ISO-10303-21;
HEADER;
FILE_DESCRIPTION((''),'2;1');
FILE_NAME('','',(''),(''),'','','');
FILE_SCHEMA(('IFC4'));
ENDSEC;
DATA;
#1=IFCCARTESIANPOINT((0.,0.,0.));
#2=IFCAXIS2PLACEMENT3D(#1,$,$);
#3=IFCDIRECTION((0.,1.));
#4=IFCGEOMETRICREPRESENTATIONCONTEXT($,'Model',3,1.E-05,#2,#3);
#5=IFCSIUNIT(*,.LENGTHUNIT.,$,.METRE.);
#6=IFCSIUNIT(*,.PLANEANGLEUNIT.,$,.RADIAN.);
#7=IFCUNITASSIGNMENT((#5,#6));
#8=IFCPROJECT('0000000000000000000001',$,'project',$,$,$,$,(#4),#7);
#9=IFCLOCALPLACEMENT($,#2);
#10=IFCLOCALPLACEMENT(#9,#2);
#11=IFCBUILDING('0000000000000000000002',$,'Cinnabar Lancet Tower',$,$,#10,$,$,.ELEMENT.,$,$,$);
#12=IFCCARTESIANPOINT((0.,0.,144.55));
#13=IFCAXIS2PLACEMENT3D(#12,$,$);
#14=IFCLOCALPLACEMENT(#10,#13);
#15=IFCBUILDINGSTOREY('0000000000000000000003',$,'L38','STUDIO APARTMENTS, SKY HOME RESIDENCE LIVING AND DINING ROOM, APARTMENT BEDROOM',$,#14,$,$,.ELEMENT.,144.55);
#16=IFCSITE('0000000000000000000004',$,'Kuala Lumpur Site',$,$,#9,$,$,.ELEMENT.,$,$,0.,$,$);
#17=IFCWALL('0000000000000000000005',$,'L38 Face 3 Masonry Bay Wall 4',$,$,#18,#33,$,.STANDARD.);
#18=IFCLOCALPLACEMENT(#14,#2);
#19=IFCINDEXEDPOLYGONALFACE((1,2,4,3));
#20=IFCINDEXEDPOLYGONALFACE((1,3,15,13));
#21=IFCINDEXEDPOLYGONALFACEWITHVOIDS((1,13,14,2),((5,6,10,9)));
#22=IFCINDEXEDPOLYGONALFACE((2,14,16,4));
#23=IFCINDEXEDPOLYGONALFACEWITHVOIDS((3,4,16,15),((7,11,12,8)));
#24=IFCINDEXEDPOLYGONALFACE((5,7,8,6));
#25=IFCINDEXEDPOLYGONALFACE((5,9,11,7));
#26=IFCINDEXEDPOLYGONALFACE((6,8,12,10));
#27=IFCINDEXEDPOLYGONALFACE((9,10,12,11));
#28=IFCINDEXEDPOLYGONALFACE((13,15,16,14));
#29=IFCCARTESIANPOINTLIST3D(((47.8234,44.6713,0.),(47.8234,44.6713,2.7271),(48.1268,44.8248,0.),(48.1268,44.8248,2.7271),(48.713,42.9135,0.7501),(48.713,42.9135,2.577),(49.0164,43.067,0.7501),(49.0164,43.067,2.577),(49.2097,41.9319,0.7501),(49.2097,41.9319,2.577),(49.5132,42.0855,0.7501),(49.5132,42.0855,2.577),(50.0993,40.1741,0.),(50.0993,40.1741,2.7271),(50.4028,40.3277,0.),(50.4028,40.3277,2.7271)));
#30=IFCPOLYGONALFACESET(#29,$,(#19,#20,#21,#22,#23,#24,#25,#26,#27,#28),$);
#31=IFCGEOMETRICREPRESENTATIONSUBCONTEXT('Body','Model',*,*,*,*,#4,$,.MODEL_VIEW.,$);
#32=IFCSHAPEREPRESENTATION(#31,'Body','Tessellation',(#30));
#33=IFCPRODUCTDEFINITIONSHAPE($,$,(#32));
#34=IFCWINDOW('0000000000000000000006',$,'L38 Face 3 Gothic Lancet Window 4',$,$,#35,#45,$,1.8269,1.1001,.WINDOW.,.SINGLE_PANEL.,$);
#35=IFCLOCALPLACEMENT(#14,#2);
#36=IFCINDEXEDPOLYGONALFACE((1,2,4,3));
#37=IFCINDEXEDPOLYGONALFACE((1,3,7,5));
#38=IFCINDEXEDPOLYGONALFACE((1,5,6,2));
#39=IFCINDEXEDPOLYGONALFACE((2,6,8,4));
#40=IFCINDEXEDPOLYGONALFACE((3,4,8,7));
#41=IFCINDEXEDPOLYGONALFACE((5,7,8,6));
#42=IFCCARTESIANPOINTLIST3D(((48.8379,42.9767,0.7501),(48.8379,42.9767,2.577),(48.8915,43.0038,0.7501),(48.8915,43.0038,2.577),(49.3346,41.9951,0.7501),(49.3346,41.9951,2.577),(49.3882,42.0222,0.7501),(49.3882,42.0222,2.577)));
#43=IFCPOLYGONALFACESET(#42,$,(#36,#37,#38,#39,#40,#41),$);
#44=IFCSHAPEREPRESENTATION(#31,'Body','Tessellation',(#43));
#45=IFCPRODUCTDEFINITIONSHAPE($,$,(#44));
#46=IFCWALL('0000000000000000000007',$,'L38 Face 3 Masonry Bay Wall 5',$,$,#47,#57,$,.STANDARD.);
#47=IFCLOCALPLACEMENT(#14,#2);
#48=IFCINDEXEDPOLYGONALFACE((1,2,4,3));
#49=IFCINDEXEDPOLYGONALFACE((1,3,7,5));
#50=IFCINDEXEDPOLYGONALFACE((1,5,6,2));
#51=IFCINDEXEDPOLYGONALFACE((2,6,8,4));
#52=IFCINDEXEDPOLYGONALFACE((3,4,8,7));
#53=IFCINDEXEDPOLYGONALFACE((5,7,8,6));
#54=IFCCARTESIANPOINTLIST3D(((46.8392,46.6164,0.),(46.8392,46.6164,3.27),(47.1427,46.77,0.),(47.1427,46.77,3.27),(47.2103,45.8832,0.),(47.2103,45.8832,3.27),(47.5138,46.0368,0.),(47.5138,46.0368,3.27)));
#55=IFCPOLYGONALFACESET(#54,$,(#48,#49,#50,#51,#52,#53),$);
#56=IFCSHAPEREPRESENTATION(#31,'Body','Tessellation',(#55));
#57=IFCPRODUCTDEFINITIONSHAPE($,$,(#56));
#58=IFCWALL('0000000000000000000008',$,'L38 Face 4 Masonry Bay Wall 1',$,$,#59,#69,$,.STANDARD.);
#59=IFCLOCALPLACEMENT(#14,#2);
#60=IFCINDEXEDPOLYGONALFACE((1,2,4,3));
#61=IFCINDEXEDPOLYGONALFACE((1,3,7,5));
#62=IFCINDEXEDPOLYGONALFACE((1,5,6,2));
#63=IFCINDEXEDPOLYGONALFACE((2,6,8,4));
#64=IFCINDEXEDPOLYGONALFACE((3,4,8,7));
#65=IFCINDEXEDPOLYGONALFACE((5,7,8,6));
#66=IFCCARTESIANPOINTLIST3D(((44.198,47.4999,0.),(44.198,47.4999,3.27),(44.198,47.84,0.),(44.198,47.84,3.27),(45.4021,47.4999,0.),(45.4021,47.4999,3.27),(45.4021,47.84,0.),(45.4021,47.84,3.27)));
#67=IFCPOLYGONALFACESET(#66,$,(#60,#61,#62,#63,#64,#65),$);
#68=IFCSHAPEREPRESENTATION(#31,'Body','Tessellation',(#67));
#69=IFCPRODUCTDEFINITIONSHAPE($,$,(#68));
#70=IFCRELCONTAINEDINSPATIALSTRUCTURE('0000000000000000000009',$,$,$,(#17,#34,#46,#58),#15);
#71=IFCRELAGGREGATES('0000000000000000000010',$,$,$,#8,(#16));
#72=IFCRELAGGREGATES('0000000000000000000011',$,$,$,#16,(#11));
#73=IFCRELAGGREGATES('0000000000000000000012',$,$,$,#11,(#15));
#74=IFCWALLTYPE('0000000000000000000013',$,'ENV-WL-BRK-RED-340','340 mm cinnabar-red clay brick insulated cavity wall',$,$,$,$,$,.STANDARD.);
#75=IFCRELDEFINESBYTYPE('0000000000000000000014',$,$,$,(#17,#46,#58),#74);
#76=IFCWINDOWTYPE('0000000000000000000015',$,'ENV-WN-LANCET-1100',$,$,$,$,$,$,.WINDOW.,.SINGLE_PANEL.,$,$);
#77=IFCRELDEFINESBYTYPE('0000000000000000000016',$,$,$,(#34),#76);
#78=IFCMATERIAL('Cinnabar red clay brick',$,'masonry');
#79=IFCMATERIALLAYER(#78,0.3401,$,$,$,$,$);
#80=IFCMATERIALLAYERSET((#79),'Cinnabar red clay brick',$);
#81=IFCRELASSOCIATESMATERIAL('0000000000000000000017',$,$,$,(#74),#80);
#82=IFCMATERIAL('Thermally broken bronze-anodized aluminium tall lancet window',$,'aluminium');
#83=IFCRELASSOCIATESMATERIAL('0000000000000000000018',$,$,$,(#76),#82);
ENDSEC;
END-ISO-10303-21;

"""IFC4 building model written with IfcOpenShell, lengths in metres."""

from ifc_helpers import new_model, si_unit, direction, frame, frame_2d, origin, place, context, subcontext, project, spatial, rectangle, extrude, material, layer, layer_set, type_object, element, fill, save


model = new_model("IFC4")

# Units and contexts
model_context = context("Model", 3, precision=1e-05, world=origin(), true_north=direction((0.0, 1.0)))
body_context = subcontext(model_context, "Body", "Model", "MODEL_VIEW")
ifc_project = project(units=[si_unit("LENGTHUNIT", "METRE"), si_unit("PLANEANGLEUNIT", "RADIAN")], contexts=[model_context])

# Site, building, storey
site_placement = place(None, origin())
site = spatial("IfcSite", under=ifc_project, at=site_placement, Name="Kuala Lumpur Site", CompositionType="ELEMENT", RefElevation=0.0)
building_placement = place(site_placement, origin())
building = spatial("IfcBuilding", under=site, at=building_placement, Name="Cinnabar Lancet Tower", CompositionType="ELEMENT")
storey_placement = place(building_placement, frame((0.0, 0.0, 144.55)))
storey = spatial("IfcBuildingStorey", under=building, at=storey_placement, Name="L38", Description="STUDIO APARTMENTS, SKY HOME RESIDENCE LIVING AND DINING ROOM, APARTMENT BEDROOM", CompositionType="ELEMENT", Elevation=144.55)

# Shared definitions
ifc_material_1 = material(Name="Cinnabar red clay brick", Category="masonry")
ifc_layer_1 = layer(ifc_material_1, 0.3401)
ifc_layer_set_1 = layer_set([ifc_layer_1], Name="Cinnabar red clay brick")
wall_type_1 = type_object("IfcWallType", Name="ENV-WL-BRK-RED-340", Description="340 mm cinnabar-red clay brick insulated cavity wall", PredefinedType="STANDARD", material=ifc_layer_set_1)

# Wall, opening, window
wall_1_placement = place(storey_placement, frame((50.251, 40.251, 0.0), z_axis=(0.0, 0.0, 1.0), x_axis=(-0.451548, 0.892247, 0.0)))
wall_1 = element("IfcWall", 1, at=wall_1_placement, inside=storey, type_object=wall_type_1, Name="L38 Face 3 Masonry Bay Wall 4", PredefinedType="STANDARD", context=body_context, shape_type="SweptSolid", body=[
    extrude(rectangle(XDim=5.0403, YDim=0.3401, at=frame_2d((2.52, 0.0))), origin(), (0.0, 0.0, 1.0), 2.7271),
])
opening_1_placement = place(wall_1_placement, frame((1.97, 0.0, 0.75)))
opening_1 = element("IfcOpeningElement", 2, at=opening_1_placement, cuts=wall_1, PredefinedType="OPENING", context=body_context, shape_type="SweptSolid", body=[
    extrude(rectangle(XDim=1.1001, YDim=1.8269, at=frame_2d((0.55, 0.9136))), frame((0.0, 0.1799, 0.0), z_axis=(0.0, -1.0, 0.0), x_axis=(1.0, 0.0, 0.0)), (0.0, 0.0, 1.0), 0.3601),
])
ifc_material_2 = material(Name="Thermally broken bronze-anodized aluminium tall lancet window", Category="aluminium")
window_type = type_object("IfcWindowType", Name="ENV-WN-LANCET-1100", PartitioningType="SINGLE_PANEL", PredefinedType="WINDOW", material=ifc_material_2)
window_placement = place(opening_1_placement, origin())
window = element("IfcWindow", 3, at=window_placement, inside=storey, type_object=window_type, Name="L38 Face 3 Gothic Lancet Window 4", OverallHeight=1.8269, OverallWidth=1.1001, PartitioningType="SINGLE_PANEL", PredefinedType="WINDOW", context=body_context, shape_type="SweptSolid", body=[
    extrude(rectangle(XDim=1.1001, YDim=1.8269, at=frame_2d((0.55, 0.9136))), frame((0.0, 0.03, 0.0), z_axis=(0.0, -1.0, 0.0), x_axis=(1.0, 0.0, 0.0)), (0.0, 0.0, 1.0), 0.0601),
])
fill(opening_1, window)

# Walls
wall_2_placement = place(storey_placement, frame((47.3621, 45.96, 0.0), z_axis=(0.0, 0.0, 1.0), x_axis=(-0.451605, 0.892218, 0.0)))
element("IfcWall", 4, at=wall_2_placement, inside=storey, type_object=wall_type_1, Name="L38 Face 3 Masonry Bay Wall 5", PredefinedType="STANDARD", context=body_context, shape_type="SweptSolid", body=[
    extrude(rectangle(XDim=0.8218, YDim=0.3401, at=frame_2d((0.4109, 0.0))), origin(), (0.0, 0.0, 1.0), 3.27),
])
wall_3_placement = place(storey_placement, frame((45.4021, 47.6699, 0.0), z_axis=(0.0, 0.0, 1.0), x_axis=(-1.0, 0.0, 0.0)))
element("IfcWall", 5, at=wall_3_placement, inside=storey, type_object=wall_type_1, Name="L38 Face 4 Masonry Bay Wall 1", PredefinedType="STANDARD", context=body_context, shape_type="SweptSolid", body=[
    extrude(rectangle(XDim=1.2041, YDim=0.3401, at=frame_2d((0.6021, 0.0))), origin(), (0.0, 0.0, 1.0), 3.27),
])

save(model, "model.ifc")
